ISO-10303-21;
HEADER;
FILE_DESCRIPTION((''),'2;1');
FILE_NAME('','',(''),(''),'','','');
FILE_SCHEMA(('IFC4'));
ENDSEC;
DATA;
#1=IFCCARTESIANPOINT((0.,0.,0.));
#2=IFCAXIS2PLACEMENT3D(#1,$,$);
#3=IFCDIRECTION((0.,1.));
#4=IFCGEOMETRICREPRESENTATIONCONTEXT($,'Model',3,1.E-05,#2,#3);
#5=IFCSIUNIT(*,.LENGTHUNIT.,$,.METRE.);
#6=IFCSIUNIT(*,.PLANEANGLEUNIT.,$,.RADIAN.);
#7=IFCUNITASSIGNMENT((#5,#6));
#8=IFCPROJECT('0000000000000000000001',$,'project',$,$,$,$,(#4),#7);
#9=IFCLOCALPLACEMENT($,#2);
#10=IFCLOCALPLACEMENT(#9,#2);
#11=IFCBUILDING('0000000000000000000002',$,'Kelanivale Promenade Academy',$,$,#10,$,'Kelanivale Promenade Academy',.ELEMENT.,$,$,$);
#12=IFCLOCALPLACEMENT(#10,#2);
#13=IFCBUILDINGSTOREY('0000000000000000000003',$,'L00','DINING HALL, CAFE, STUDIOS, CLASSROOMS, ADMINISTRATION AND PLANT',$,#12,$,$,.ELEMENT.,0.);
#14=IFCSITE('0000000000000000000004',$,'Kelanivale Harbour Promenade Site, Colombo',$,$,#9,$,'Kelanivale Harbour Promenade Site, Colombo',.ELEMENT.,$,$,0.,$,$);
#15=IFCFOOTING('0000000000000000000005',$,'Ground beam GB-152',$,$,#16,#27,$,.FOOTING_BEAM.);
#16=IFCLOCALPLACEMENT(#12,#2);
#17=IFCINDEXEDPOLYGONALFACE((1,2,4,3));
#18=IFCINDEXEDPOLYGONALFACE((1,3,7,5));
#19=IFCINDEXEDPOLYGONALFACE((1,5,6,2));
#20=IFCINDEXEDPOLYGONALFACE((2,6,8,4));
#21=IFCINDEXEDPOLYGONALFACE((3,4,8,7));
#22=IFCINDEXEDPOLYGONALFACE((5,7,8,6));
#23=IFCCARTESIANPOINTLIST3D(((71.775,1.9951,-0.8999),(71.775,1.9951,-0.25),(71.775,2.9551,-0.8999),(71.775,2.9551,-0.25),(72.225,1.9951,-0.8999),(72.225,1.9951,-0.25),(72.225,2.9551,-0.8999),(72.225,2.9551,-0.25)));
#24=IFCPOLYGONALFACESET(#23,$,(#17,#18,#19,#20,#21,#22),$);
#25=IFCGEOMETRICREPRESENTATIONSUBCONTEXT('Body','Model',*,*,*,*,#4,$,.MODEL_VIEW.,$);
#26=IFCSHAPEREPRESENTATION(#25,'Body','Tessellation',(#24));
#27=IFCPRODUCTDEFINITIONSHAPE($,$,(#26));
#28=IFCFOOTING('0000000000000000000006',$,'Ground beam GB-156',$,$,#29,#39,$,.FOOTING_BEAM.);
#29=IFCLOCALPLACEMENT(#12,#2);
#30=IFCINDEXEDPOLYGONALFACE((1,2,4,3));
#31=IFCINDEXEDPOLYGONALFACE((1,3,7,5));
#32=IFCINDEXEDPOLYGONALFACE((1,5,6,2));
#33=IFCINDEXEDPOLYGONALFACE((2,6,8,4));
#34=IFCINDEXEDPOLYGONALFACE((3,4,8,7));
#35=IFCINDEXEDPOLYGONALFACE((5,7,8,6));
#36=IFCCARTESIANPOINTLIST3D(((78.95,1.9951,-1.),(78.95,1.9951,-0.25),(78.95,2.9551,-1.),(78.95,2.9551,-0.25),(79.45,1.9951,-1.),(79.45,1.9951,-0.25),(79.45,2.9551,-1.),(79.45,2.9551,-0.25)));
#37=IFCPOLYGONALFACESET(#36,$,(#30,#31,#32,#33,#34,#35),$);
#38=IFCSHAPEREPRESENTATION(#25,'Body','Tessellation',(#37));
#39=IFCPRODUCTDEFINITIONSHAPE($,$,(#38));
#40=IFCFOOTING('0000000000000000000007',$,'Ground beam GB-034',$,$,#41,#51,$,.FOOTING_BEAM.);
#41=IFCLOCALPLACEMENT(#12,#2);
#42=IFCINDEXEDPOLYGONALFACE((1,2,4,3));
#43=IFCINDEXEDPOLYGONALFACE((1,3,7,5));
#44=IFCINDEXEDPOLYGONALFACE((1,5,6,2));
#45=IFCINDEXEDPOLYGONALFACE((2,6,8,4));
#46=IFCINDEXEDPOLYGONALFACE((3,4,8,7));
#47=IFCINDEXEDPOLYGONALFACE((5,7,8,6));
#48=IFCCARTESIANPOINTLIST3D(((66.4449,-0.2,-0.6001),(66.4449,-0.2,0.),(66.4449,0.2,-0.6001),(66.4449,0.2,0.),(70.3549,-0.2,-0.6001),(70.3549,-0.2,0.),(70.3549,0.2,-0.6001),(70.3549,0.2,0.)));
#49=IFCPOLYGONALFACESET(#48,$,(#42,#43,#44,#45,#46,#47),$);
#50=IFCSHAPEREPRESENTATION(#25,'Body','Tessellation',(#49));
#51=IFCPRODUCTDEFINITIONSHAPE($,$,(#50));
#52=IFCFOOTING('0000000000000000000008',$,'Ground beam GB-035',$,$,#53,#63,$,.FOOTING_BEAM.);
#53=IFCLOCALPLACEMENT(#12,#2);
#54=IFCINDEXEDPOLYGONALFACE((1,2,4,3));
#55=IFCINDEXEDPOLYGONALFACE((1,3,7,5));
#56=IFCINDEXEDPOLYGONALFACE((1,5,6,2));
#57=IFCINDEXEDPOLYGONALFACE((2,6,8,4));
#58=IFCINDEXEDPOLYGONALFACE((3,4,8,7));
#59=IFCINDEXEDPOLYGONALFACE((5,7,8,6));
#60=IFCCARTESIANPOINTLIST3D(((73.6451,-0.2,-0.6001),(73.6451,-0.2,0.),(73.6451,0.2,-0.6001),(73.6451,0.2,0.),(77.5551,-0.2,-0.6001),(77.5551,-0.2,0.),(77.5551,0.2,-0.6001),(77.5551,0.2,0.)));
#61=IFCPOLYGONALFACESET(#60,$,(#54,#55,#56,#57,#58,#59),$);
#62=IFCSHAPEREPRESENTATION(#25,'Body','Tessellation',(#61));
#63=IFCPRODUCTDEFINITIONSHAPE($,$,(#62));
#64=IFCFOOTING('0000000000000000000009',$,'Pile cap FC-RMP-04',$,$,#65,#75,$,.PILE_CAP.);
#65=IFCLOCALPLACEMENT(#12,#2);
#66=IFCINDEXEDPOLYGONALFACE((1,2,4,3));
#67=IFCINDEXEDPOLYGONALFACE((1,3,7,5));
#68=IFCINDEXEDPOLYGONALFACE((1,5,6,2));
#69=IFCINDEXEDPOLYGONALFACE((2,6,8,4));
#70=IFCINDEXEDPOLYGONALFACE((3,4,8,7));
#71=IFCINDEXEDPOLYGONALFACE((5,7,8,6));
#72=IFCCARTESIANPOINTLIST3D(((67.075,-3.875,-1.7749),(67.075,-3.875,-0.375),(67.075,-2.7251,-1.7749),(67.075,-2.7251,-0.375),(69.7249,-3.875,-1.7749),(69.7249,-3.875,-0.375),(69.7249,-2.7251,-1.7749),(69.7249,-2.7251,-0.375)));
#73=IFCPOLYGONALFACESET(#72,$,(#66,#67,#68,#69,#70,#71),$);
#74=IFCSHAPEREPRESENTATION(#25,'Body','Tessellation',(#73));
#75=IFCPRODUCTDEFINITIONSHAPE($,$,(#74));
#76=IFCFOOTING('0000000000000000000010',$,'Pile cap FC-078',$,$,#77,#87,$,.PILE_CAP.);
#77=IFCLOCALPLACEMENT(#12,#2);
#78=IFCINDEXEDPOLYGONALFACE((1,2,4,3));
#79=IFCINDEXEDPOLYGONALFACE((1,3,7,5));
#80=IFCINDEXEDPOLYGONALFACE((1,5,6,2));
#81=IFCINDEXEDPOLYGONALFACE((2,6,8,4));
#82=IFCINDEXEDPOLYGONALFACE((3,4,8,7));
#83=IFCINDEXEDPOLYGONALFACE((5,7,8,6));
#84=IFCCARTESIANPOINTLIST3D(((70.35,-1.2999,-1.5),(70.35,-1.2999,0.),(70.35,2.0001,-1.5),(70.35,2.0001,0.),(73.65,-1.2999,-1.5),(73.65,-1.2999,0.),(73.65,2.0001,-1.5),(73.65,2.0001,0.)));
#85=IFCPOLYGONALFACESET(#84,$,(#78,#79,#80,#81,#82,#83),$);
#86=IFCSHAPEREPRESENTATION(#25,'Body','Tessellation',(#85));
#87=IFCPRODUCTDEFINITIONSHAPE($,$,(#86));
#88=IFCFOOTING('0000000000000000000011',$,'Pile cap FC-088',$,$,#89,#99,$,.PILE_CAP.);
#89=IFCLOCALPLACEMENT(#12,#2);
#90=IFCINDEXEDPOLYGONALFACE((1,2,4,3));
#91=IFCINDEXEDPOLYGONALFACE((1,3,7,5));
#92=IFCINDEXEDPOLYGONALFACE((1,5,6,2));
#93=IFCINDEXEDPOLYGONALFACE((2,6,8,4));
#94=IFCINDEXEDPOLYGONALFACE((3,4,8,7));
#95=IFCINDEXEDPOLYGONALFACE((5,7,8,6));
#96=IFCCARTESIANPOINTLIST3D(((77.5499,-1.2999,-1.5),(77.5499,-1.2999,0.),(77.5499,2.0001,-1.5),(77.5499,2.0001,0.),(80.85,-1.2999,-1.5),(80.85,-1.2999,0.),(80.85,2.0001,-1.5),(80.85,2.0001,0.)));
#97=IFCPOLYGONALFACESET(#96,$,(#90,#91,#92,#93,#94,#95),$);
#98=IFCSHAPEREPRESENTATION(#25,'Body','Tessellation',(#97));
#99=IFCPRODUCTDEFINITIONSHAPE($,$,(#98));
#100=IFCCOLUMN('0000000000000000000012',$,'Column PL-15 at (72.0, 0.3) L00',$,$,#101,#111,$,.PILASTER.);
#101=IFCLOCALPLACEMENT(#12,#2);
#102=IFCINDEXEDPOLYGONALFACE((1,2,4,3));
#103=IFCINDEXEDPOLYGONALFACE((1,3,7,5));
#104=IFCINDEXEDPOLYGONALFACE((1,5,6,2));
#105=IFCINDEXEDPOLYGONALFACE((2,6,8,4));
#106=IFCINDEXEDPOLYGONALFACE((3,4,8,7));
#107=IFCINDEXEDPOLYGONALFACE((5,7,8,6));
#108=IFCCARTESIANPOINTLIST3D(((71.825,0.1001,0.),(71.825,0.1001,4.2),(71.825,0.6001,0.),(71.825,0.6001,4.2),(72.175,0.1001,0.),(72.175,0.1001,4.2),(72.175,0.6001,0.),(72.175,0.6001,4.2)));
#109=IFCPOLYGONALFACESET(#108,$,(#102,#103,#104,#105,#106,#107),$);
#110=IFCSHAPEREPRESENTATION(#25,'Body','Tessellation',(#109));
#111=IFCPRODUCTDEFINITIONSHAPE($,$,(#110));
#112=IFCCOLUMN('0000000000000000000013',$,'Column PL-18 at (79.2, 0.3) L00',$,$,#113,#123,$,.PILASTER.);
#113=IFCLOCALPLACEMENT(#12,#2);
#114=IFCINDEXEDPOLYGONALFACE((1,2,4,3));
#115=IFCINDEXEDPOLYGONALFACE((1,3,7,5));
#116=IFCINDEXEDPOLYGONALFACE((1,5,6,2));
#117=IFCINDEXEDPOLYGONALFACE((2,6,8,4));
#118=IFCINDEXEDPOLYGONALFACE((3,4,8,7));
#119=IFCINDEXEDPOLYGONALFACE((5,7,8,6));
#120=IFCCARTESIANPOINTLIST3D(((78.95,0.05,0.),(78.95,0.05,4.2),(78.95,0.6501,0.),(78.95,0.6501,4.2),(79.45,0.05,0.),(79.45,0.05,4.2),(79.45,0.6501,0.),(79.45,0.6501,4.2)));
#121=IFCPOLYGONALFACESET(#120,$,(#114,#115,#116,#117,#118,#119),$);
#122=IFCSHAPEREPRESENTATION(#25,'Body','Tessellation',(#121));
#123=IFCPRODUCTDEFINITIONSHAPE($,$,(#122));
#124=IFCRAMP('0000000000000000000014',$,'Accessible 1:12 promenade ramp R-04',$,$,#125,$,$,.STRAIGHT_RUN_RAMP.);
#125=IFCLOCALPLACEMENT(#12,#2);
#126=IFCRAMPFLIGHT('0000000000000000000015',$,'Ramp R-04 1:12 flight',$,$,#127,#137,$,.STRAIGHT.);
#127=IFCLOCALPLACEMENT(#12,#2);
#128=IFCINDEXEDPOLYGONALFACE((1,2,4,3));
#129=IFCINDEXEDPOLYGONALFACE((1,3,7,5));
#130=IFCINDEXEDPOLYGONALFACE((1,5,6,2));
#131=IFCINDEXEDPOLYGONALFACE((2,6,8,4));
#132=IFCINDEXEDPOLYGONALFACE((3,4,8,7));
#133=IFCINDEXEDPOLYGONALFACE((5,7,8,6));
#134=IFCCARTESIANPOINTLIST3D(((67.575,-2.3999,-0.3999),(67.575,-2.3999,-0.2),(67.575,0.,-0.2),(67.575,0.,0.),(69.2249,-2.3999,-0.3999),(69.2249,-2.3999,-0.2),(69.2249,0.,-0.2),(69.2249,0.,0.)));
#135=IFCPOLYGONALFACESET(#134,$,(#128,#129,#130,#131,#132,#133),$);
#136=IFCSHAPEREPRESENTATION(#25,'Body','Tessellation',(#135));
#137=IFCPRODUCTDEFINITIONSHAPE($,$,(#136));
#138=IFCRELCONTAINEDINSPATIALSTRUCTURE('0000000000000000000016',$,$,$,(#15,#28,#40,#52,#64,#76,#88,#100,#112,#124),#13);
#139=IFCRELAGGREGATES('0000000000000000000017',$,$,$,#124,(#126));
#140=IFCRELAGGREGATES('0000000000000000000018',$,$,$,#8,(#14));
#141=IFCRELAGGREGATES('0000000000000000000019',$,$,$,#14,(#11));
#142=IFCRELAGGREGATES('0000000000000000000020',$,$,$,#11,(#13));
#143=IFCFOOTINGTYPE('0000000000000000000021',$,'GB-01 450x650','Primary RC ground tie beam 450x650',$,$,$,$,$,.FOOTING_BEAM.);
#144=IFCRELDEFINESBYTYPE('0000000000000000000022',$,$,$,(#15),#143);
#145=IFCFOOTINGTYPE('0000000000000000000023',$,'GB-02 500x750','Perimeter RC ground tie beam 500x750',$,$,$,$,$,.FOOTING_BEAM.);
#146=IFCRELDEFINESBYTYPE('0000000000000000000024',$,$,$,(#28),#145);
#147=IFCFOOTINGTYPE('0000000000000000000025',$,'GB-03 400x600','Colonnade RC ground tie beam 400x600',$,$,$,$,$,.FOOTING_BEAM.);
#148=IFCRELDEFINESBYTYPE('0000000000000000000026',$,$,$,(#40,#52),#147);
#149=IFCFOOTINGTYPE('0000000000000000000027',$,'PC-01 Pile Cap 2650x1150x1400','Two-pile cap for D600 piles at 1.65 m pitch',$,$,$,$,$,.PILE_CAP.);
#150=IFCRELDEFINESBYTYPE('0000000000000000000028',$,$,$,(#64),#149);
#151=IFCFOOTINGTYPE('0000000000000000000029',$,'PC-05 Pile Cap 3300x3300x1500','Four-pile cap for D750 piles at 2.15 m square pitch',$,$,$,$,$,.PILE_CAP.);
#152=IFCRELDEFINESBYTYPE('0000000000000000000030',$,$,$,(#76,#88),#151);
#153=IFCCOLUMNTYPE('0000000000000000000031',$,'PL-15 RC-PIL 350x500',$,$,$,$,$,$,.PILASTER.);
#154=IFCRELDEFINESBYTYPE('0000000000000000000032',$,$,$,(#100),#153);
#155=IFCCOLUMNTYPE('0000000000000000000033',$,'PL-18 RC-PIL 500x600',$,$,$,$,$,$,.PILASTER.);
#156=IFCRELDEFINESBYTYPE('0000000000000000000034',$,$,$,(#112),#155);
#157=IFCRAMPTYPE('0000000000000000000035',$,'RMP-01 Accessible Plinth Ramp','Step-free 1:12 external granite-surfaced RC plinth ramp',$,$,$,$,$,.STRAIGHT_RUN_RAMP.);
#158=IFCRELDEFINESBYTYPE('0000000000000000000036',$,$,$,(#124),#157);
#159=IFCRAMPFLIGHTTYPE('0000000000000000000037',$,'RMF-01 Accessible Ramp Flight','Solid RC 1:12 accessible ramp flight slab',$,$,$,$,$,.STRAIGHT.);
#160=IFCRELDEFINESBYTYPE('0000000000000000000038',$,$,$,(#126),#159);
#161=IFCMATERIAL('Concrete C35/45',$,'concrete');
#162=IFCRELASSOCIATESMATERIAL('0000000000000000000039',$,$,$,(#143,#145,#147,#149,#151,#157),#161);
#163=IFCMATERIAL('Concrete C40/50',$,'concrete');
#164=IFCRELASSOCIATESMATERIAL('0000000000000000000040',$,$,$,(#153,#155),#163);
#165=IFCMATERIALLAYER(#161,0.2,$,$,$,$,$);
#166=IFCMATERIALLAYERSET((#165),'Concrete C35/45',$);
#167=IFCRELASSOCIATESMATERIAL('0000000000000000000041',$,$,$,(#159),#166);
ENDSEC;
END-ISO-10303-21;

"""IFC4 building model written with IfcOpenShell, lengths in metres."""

from ifc_helpers import new_model, si_unit, direction, frame, origin, origin_2d, place, context, subcontext, project, spatial, polyline, rectangle, outline, extrude, material, layer, layer_set, material_profile, profile_set, type_object, element, aggregate, save


model = new_model("IFC4")

# Units and contexts
model_context = context("Model", 3, precision=1e-05, world=origin(), true_north=direction((0.0, 1.0)))
body_context = subcontext(model_context, "Body", "Model", "MODEL_VIEW")
ifc_project = project(units=[si_unit("LENGTHUNIT", "METRE"), si_unit("PLANEANGLEUNIT", "RADIAN")], contexts=[model_context])

# Site, building, storey
site_placement = place(None, origin())
site = spatial("IfcSite", under=ifc_project, at=site_placement, Name="Kelanivale Harbour Promenade Site, Colombo", LongName="Kelanivale Harbour Promenade Site, Colombo", CompositionType="ELEMENT", RefElevation=0.0)
building_placement = place(site_placement, origin())
building = spatial("IfcBuilding", under=site, at=building_placement, Name="Kelanivale Promenade Academy", LongName="Kelanivale Promenade Academy", CompositionType="ELEMENT")
storey_placement = place(building_placement, origin())
storey = spatial("IfcBuildingStorey", under=building, at=storey_placement, Name="L00", Description="DINING HALL, CAFE, STUDIOS, CLASSROOMS, ADMINISTRATION AND PLANT", CompositionType="ELEMENT", Elevation=0.0)

# Shared definitions
ifc_material_1 = material(Name="Concrete C35/45", Category="concrete")

# Footings
footing_type_1 = type_object("IfcFootingType", Name="GB-01 450x650", Description="Primary RC ground tie beam 450x650", PredefinedType="FOOTING_BEAM", material=ifc_material_1)
footing_1_placement = place(storey_placement, frame((72.0, 2.4751, -0.8999), z_axis=(0.0, 0.0, 1.0), x_axis=(0.0, 1.0, 0.0)))
element("IfcFooting", 1, at=footing_1_placement, inside=storey, type_object=footing_type_1, Name="Ground beam GB-152", PredefinedType="FOOTING_BEAM", context=body_context, shape_type="SweptSolid", body=[
    extrude(rectangle(XDim=0.96, YDim=0.45, at=origin_2d()), origin(), (0.0, 0.0, 1.0), 0.6499),
])
footing_type_2 = type_object("IfcFootingType", Name="GB-02 500x750", Description="Perimeter RC ground tie beam 500x750", PredefinedType="FOOTING_BEAM", material=ifc_material_1)
footing_2_placement = place(storey_placement, frame((79.2, 2.4751, -1.0), z_axis=(0.0, 0.0, 1.0), x_axis=(0.0, 1.0, 0.0)))
element("IfcFooting", 2, at=footing_2_placement, inside=storey, type_object=footing_type_2, Name="Ground beam GB-156", PredefinedType="FOOTING_BEAM", context=body_context, shape_type="SweptSolid", body=[
    extrude(rectangle(XDim=0.96, YDim=0.5, at=origin_2d()), origin(), (0.0, 0.0, 1.0), 0.75),
])
footing_type_3 = type_object("IfcFootingType", Name="GB-03 400x600", Description="Colonnade RC ground tie beam 400x600", PredefinedType="FOOTING_BEAM", material=ifc_material_1)
for number, where, z_axis, x_axis, name in (
    (3, (68.3999, 0.0, -0.6001), (0.0, 0.0, 1.0), (1.0, 0.0, 0.0), "Ground beam GB-034"),
    (4, (75.6001, 0.0, -0.6001), (0.0, 0.0, 1.0), (1.0, 0.0, 0.0), "Ground beam GB-035"),
):
    element("IfcFooting", number, at=place(storey_placement, frame(where, z_axis=z_axis, x_axis=x_axis)), inside=storey, type_object=footing_type_3, Name=name, PredefinedType="FOOTING_BEAM", context=body_context, shape_type="SweptSolid", body=[
        extrude(rectangle(XDim=3.9099, YDim=0.3999, at=origin_2d()), origin(), (0.0, 0.0, 1.0), 0.6001),
    ])
footing_type_4 = type_object("IfcFootingType", Name="PC-01 Pile Cap 2650x1150x1400", Description="Two-pile cap for D600 piles at 1.65 m pitch", PredefinedType="PILE_CAP", material=ifc_material_1)
footing_3_placement = place(storey_placement, frame((68.3999, -3.3, -1.7749), z_axis=(0.0, 0.0, 1.0), x_axis=(1.0, 0.0, 0.0)))
element("IfcFooting", 5, at=footing_3_placement, inside=storey, type_object=footing_type_4, Name="Pile cap FC-RMP-04", PredefinedType="PILE_CAP", context=body_context, shape_type="SweptSolid", body=[
    extrude(rectangle(XDim=2.6499, YDim=1.1499, at=origin_2d()), origin(), (0.0, 0.0, 1.0), 1.3999),
])
footing_type_5 = type_object("IfcFootingType", Name="PC-05 Pile Cap 3300x3300x1500", Description="Four-pile cap for D750 piles at 2.15 m square pitch", PredefinedType="PILE_CAP", material=ifc_material_1)
for number, where, z_axis, x_axis, name in (
    (6, (72.0, 0.3501, -1.5), (0.0, 0.0, 1.0), (1.0, 0.0, 0.0), "Pile cap FC-078"),
    (7, (79.2, 0.3501, -1.5), (0.0, 0.0, 1.0), (1.0, 0.0, 0.0), "Pile cap FC-088"),
):
    element("IfcFooting", number, at=place(storey_placement, frame(where, z_axis=z_axis, x_axis=x_axis)), inside=storey, type_object=footing_type_5, Name=name, PredefinedType="PILE_CAP", context=body_context, shape_type="SweptSolid", body=[
        extrude(rectangle(XDim=3.3, YDim=3.3, at=origin_2d()), origin(), (0.0, 0.0, 1.0), 1.5),
    ])

# Columns
ifc_material_2 = material(Name="Concrete C40/50", Category="concrete")
ifc_material_profile_1 = material_profile(ifc_material_2, rectangle(XDim=0.3501, YDim=0.5, at=origin_2d()), Name="RC-PIL 350x500")
ifc_profile_set_1 = profile_set([ifc_material_profile_1], Name="Concrete C40/50")
column_type_1 = type_object("IfcColumnType", Name="PL-15 RC-PIL 350x500", PredefinedType="PILASTER", material=ifc_profile_set_1)
column_1_placement = place(storey_placement, frame((72.0, 0.3501, 0.0), z_axis=(0.0, 0.0, 1.0), x_axis=(1.0, 0.0, 0.0)))
element("IfcColumn", 8, at=column_1_placement, inside=storey, type_object=column_type_1, Name="Column PL-15 at (72.0, 0.3) L00", PredefinedType="PILASTER", context=body_context, shape_type="SweptSolid", body=[
    extrude(rectangle(XDim=0.3501, YDim=0.5, at=origin_2d()), origin(), (0.0, 0.0, 1.0), 4.2),
])
ifc_material_profile_2 = material_profile(ifc_material_2, rectangle(XDim=0.5, YDim=0.6001, at=origin_2d()), Name="RC-PIL 500x600")
ifc_profile_set_2 = profile_set([ifc_material_profile_2], Name="Concrete C40/50")
column_type_2 = type_object("IfcColumnType", Name="PL-18 RC-PIL 500x600", PredefinedType="PILASTER", material=ifc_profile_set_2)
column_2_placement = place(storey_placement, frame((79.2, 0.3501, 0.0), z_axis=(0.0, 0.0, 1.0), x_axis=(1.0, 0.0, 0.0)))
element("IfcColumn", 9, at=column_2_placement, inside=storey, type_object=column_type_2, Name="Column PL-18 at (79.2, 0.3) L00", PredefinedType="PILASTER", context=body_context, shape_type="SweptSolid", body=[
    extrude(rectangle(XDim=0.5, YDim=0.6001, at=origin_2d()), origin(), (0.0, 0.0, 1.0), 4.2),
])

# Ramp, ramp flight
ramp_type = type_object("IfcRampType", Name="RMP-01 Accessible Plinth Ramp", Description="Step-free 1:12 external granite-surfaced RC plinth ramp", PredefinedType="STRAIGHT_RUN_RAMP", material=ifc_material_1)
ramp_placement = place(storey_placement, origin())
ramp = element("IfcRamp", 10, at=ramp_placement, inside=storey, type_object=ramp_type, Name="Accessible 1:12 promenade ramp R-04", PredefinedType="STRAIGHT_RUN_RAMP")
ifc_layer_1 = layer(ifc_material_1, 0.2)
ifc_layer_set_1 = layer_set([ifc_layer_1], Name="Concrete C35/45")
ramp_flight_type = type_object("IfcRampFlightType", Name="RMF-01 Accessible Ramp Flight", Description="Solid RC 1:12 accessible ramp flight slab", PredefinedType="STRAIGHT", material=ifc_layer_set_1)
ramp_flight_placement = place(storey_placement, frame((68.3999, -2.3999, -0.2), z_axis=(0.0, 0.0, 1.0), x_axis=(0.0, 1.0, 0.0)))
ramp_flight = element("IfcRampFlight", 11, at=ramp_flight_placement, type_object=ramp_flight_type, Name="Ramp R-04 1:12 flight", PredefinedType="STRAIGHT", context=body_context, shape_type="SweptSolid", body=[
    extrude(outline(polyline([(0.0, 0.0), (2.3999, 0.2), (2.3999, 0.0), (0.0, -0.2), (0.0, 0.0)])), frame((0.0, 0.825, 0.0), z_axis=(0.0, -1.0, 0.0), x_axis=(1.0, 0.0, 0.0)), (0.0, 0.0, 1.0), 1.6499),
])
aggregate(ramp, [ramp_flight])

save(model, "model.ifc")
